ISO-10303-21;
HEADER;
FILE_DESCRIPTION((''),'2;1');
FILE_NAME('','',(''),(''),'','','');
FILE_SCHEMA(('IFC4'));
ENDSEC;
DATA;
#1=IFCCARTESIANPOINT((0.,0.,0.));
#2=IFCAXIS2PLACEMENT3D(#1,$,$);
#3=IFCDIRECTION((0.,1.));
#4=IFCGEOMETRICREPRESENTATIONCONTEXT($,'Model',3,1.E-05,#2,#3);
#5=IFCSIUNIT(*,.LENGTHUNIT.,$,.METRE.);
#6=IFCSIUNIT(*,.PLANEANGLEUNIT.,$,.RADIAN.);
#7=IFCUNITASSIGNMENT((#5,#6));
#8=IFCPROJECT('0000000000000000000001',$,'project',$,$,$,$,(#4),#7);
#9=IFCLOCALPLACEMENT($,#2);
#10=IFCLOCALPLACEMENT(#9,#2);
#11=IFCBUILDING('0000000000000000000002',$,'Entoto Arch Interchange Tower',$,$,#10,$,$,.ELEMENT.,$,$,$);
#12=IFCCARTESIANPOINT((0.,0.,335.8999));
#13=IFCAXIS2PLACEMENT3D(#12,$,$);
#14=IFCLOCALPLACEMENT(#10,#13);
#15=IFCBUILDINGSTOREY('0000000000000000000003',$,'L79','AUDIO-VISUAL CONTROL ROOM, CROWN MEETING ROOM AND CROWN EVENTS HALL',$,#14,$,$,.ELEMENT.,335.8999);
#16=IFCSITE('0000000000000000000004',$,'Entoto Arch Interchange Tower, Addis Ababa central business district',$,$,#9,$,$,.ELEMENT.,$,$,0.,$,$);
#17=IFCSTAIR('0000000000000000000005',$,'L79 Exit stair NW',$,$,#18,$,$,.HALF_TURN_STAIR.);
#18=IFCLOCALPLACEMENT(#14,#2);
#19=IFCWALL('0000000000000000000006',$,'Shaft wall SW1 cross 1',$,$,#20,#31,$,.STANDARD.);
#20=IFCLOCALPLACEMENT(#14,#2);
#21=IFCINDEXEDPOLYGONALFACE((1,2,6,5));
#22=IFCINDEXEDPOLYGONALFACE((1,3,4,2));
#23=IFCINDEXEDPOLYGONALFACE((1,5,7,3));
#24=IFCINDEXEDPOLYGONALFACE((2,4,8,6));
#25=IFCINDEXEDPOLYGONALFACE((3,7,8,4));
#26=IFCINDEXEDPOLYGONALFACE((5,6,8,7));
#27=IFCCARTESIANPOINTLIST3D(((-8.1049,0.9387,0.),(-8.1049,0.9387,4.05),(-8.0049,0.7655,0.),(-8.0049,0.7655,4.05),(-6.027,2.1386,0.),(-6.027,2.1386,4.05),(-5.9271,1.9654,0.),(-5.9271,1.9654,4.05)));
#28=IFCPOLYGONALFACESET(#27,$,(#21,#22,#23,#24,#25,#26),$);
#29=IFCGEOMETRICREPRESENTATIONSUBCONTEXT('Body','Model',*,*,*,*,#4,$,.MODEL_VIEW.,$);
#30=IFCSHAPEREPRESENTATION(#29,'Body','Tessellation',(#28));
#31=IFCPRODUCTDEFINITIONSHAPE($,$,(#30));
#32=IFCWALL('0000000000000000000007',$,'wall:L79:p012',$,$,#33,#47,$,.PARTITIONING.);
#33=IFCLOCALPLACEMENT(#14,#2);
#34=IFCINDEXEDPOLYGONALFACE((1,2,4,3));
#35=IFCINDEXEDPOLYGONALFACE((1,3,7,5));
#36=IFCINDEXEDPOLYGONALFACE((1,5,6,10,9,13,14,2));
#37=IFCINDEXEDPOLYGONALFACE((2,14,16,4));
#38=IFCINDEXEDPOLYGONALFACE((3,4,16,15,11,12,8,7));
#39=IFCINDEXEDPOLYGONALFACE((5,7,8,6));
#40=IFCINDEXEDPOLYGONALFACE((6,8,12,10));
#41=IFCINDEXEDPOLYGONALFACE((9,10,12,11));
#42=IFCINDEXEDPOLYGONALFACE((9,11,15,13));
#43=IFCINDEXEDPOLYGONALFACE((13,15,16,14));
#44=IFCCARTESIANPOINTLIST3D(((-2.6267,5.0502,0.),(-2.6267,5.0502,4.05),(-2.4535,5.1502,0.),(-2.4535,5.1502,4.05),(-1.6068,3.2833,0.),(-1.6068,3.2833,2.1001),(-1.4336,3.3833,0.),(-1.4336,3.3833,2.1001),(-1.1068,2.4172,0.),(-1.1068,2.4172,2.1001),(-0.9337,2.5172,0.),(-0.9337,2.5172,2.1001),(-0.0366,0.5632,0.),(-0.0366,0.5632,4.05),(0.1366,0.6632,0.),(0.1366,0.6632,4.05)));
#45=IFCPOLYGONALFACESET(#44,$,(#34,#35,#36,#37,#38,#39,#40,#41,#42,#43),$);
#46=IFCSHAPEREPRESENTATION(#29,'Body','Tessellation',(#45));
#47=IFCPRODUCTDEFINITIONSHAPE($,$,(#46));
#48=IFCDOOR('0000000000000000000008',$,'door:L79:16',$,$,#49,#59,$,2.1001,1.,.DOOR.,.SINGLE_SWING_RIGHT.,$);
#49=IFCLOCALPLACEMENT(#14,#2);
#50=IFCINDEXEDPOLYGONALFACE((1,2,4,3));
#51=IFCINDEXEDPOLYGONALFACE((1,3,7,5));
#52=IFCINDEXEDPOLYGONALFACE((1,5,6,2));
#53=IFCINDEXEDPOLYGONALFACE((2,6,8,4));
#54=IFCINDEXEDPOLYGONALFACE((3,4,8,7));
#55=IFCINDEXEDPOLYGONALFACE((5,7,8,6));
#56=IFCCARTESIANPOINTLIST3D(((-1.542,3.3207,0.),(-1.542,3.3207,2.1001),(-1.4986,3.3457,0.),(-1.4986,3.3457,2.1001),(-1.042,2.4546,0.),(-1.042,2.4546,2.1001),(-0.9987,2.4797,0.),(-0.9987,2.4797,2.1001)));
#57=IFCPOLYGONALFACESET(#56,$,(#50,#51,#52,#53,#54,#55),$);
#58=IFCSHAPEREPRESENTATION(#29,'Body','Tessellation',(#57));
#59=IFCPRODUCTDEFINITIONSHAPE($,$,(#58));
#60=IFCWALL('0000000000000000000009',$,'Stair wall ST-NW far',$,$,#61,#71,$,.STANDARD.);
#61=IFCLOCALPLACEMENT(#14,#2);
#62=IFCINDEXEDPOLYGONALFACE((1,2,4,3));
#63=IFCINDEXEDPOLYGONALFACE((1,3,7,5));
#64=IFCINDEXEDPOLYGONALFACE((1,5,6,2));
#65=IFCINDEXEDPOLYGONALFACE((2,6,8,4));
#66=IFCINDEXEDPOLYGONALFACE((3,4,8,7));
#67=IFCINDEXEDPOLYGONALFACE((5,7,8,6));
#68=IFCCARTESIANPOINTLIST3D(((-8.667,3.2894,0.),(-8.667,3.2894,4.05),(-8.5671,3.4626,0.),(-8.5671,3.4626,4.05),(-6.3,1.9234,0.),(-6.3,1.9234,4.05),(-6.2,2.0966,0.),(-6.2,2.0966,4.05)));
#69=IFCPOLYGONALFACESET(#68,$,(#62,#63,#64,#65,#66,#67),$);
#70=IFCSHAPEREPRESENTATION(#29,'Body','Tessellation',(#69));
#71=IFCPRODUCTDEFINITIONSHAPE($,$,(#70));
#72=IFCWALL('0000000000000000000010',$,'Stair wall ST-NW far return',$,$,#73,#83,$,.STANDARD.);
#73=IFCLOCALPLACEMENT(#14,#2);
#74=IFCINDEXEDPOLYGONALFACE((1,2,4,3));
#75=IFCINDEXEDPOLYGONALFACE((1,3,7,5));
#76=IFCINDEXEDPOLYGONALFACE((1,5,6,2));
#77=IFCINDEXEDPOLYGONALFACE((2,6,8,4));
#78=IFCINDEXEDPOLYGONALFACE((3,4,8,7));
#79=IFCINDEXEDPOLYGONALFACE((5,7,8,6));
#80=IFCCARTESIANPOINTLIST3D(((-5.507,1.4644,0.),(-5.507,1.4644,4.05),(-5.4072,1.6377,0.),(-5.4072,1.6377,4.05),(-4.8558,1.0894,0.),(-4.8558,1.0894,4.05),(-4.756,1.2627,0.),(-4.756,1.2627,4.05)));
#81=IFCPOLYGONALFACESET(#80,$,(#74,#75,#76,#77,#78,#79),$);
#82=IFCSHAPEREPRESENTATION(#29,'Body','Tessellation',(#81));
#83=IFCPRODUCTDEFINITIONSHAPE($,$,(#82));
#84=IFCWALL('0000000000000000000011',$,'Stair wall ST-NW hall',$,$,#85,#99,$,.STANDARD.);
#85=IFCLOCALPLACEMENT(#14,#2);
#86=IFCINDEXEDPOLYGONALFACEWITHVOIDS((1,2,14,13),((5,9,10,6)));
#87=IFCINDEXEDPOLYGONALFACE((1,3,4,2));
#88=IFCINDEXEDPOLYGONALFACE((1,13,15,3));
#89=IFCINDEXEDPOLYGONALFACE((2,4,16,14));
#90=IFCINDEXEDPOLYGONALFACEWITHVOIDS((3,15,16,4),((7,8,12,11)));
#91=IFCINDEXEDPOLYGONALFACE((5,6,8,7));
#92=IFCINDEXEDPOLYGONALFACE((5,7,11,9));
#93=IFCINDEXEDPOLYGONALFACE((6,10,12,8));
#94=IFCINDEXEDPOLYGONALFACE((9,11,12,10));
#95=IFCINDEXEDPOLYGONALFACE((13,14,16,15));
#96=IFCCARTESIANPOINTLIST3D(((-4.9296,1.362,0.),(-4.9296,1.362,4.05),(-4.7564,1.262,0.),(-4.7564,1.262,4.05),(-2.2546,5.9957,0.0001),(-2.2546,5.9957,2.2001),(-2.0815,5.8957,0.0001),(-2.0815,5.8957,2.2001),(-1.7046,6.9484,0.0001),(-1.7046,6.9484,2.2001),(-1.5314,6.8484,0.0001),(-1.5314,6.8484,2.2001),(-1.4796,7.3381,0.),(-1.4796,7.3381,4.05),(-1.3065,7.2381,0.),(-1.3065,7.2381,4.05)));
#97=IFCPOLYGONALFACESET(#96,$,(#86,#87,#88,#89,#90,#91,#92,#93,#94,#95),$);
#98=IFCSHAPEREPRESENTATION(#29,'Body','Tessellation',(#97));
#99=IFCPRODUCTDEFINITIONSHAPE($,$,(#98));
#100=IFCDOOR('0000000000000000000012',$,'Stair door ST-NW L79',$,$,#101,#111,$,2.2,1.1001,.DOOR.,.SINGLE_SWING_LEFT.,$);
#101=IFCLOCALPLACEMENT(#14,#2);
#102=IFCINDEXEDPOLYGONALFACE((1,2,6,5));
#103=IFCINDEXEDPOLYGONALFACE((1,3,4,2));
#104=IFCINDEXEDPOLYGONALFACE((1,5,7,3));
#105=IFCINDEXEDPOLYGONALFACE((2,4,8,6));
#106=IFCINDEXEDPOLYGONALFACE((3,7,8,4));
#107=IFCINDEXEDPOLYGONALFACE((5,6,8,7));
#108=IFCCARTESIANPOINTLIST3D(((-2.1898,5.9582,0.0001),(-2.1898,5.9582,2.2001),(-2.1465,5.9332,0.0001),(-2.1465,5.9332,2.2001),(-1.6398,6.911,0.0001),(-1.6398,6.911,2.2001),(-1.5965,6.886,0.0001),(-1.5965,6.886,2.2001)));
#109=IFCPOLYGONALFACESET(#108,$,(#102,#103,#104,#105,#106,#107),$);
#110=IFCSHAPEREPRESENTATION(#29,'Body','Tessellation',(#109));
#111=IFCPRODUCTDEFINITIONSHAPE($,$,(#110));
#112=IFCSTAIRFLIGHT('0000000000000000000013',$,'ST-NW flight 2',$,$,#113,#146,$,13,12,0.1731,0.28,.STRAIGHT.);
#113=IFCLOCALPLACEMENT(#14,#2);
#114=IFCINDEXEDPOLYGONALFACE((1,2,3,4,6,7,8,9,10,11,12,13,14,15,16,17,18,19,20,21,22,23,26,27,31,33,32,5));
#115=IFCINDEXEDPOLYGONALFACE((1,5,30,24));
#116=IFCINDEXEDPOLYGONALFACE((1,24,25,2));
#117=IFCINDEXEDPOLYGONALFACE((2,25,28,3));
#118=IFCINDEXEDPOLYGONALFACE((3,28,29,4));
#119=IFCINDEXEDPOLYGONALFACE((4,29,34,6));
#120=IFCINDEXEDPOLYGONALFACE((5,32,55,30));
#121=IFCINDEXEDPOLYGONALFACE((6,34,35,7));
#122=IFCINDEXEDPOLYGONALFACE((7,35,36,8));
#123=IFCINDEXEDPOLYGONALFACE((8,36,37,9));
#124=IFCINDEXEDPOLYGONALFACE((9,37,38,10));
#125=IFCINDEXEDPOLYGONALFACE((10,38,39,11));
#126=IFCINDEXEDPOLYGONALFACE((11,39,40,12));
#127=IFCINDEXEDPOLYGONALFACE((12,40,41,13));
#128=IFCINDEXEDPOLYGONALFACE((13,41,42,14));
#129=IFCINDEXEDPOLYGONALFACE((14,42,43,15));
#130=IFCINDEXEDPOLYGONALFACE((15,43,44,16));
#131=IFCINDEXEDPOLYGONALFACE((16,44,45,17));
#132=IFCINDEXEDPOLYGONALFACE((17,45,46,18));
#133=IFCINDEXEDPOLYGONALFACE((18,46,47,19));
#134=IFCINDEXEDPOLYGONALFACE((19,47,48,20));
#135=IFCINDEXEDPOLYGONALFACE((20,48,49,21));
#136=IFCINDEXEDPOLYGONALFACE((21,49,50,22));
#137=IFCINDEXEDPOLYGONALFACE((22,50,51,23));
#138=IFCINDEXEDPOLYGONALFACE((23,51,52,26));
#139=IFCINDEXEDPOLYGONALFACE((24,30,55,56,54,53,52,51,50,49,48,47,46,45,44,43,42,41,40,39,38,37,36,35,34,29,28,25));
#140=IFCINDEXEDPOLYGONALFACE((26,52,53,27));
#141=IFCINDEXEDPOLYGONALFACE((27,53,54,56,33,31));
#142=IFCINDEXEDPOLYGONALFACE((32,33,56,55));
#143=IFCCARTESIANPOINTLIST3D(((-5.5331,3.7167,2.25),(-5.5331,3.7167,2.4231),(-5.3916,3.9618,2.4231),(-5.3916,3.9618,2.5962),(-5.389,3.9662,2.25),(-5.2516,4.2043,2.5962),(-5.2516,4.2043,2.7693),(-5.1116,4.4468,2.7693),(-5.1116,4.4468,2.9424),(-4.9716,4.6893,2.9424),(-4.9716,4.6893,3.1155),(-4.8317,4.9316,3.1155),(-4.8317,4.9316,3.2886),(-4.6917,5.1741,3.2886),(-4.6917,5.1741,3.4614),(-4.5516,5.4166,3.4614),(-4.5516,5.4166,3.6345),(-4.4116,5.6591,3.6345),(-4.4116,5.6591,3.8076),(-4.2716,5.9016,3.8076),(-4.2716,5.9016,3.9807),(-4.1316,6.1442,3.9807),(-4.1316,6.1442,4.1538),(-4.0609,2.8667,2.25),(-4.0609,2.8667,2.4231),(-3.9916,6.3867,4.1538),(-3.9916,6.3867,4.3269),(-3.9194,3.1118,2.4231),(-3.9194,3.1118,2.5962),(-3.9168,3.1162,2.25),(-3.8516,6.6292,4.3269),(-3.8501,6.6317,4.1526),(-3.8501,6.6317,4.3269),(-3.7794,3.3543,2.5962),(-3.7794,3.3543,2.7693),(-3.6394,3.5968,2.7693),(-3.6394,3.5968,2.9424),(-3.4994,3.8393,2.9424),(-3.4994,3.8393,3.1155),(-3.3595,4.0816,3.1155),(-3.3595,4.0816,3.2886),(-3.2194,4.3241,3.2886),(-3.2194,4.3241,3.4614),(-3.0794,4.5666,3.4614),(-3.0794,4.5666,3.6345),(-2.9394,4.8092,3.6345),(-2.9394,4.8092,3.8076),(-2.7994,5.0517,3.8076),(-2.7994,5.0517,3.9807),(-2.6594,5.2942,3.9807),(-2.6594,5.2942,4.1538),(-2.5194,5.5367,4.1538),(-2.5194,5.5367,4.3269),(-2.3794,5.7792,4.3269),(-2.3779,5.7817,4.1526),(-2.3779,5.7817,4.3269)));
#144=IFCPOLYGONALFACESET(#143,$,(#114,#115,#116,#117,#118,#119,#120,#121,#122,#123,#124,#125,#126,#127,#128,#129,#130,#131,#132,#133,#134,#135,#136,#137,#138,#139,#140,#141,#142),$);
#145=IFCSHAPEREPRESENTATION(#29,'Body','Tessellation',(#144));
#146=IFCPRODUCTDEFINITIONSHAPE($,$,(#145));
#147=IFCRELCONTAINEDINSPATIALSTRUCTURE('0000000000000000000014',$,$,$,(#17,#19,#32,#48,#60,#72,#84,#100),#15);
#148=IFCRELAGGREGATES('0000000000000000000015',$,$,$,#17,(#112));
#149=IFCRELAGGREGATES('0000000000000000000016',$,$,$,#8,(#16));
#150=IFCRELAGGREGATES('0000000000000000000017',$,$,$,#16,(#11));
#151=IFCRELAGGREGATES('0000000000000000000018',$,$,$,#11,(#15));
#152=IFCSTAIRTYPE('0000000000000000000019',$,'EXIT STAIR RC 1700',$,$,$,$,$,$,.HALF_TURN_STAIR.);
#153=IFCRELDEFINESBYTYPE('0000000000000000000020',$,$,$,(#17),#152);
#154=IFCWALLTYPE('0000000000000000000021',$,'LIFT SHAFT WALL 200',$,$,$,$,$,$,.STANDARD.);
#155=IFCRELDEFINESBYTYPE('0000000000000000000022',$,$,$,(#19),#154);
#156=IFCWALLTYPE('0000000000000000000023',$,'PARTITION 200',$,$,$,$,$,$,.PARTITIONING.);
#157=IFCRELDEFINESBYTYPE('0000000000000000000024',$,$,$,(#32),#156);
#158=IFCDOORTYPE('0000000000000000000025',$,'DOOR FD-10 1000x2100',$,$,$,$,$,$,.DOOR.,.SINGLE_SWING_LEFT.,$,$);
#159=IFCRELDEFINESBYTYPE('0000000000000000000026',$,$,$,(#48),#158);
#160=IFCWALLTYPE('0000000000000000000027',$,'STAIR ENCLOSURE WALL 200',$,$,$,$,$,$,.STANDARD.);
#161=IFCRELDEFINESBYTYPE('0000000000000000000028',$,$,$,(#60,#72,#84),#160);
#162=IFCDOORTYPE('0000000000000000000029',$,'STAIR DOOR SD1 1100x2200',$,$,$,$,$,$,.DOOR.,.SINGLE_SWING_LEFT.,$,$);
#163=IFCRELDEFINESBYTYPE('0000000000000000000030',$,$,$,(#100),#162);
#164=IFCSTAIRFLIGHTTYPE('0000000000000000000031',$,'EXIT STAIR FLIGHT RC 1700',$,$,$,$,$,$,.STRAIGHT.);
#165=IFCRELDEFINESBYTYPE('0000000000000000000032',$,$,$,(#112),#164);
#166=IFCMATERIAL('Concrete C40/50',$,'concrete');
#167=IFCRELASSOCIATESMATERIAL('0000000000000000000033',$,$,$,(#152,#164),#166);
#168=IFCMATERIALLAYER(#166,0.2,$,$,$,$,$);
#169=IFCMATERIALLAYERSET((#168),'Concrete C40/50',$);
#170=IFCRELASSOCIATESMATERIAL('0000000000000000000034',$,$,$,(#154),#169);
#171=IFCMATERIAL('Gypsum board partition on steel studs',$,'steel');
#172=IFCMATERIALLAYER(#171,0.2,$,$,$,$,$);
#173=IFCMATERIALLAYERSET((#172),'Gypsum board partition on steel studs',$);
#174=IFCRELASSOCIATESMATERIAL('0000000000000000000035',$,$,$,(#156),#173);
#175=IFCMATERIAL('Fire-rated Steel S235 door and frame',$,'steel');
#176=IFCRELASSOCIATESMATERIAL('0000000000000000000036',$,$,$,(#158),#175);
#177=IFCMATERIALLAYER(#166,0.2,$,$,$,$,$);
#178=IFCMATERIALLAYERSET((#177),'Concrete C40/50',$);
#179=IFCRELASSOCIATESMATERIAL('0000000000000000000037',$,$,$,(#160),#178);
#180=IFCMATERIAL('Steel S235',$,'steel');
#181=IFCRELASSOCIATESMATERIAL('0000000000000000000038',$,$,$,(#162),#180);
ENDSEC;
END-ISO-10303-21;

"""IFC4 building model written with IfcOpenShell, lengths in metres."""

from ifc_helpers import new_model, si_unit, direction, frame, frame_2d, origin, place, context, subcontext, project, spatial, polyline, rectangle, outline, extrude, material, layer, layer_set, type_object, element, fill, aggregate, save


model = new_model("IFC4")

# Units and contexts
model_context = context("Model", 3, precision=1e-05, world=origin(), true_north=direction((0.0, 1.0)))
body_context = subcontext(model_context, "Body", "Model", "MODEL_VIEW")
ifc_project = project(units=[si_unit("LENGTHUNIT", "METRE"), si_unit("PLANEANGLEUNIT", "RADIAN")], contexts=[model_context])

# Site, building, storey
site_placement = place(None, origin())
site = spatial("IfcSite", under=ifc_project, at=site_placement, Name="Entoto Arch Interchange Tower, Addis Ababa central business district", CompositionType="ELEMENT", RefElevation=0.0)
building_placement = place(site_placement, origin())
building = spatial("IfcBuilding", under=site, at=building_placement, Name="Entoto Arch Interchange Tower", CompositionType="ELEMENT")
storey_placement = place(building_placement, frame((0.0, 0.0, 335.8999)))
storey = spatial("IfcBuildingStorey", under=building, at=storey_placement, Name="L79", Description="AUDIO-VISUAL CONTROL ROOM, CROWN MEETING ROOM AND CROWN EVENTS HALL", CompositionType="ELEMENT", Elevation=335.8999)

# Shared definitions
ifc_material_1 = material(Name="Concrete C40/50", Category="concrete")

# Stair
stair_type = type_object("IfcStairType", Name="EXIT STAIR RC 1700", PredefinedType="HALF_TURN_STAIR", material=ifc_material_1)
stair_1_placement = place(storey_placement, origin())
stair_1 = element("IfcStair", 1, at=stair_1_placement, inside=storey, type_object=stair_type, Name="L79 Exit stair NW", PredefinedType="HALF_TURN_STAIR")

# Shared definitions
ifc_layer_1 = layer(ifc_material_1, 0.2)
ifc_layer_set_1 = layer_set([ifc_layer_1], Name="Concrete C40/50")
wall_type_1 = type_object("IfcWallType", Name="LIFT SHAFT WALL 200", PredefinedType="STANDARD", material=ifc_layer_set_1)

# Wall
wall_1_placement = place(storey_placement, frame((-5.9771, 2.052, 0.0), z_axis=(0.0, 0.0, 1.0), x_axis=(-0.865974, -0.500089, 0.0)))
element("IfcWall", 2, at=wall_1_placement, inside=storey, type_object=wall_type_1, Name="Shaft wall SW1 cross 1", PredefinedType="STANDARD", context=body_context, shape_type="SweptSolid", body=[
    extrude(rectangle(XDim=2.3994, YDim=0.2, at=frame_2d((1.1997, 0.0))), origin(), (0.0, 0.0, 1.0), 4.05),
])

# Wall, opening, door
ifc_material_2 = material(Name="Gypsum board partition on steel studs", Category="steel")
ifc_layer_2 = layer(ifc_material_2, 0.2)
ifc_layer_set_2 = layer_set([ifc_layer_2], Name="Gypsum board partition on steel studs")
wall_type_2 = type_object("IfcWallType", Name="PARTITION 200", PredefinedType="PARTITIONING", material=ifc_layer_set_2)
wall_2_placement = place(storey_placement, frame((-2.54, 5.1001, 0.0), z_axis=(0.0, 0.0, 1.0), x_axis=(0.499925, -0.866069, 0.0)))
wall_2 = element("IfcWall", 3, at=wall_2_placement, inside=storey, type_object=wall_type_2, Name="wall:L79:p012", PredefinedType="PARTITIONING", context=body_context, shape_type="SweptSolid", body=[
    extrude(rectangle(XDim=5.1809, YDim=0.2, at=frame_2d((2.5903, 0.0))), origin(), (0.0, 0.0, 1.0), 4.05),
])
opening_1_placement = place(wall_2_placement, frame((2.04, 0.0, 0.0)))
opening_1 = element("IfcOpeningElement", 4, at=opening_1_placement, cuts=wall_2, PredefinedType="OPENING", context=body_context, shape_type="SweptSolid", body=[
    extrude(rectangle(XDim=1.0, YDim=2.1001, at=frame_2d((0.5, 1.05))), frame((0.0, 0.1099, 0.0), z_axis=(0.0, -1.0, 0.0), x_axis=(1.0, 0.0, 0.0)), (0.0, 0.0, 1.0), 0.22),
])
ifc_material_3 = material(Name="Fire-rated Steel S235 door and frame", Category="steel")
door_type_1 = type_object("IfcDoorType", Name="DOOR FD-10 1000x2100", OperationType="SINGLE_SWING_LEFT", PredefinedType="DOOR", material=ifc_material_3)
door_1_placement = place(opening_1_placement, origin())
door_1 = element("IfcDoor", 5, at=door_1_placement, inside=storey, type_object=door_type_1, Name="door:L79:16", OperationType="SINGLE_SWING_RIGHT", OverallHeight=2.1001, OverallWidth=1.0, PredefinedType="DOOR", context=body_context, shape_type="SweptSolid", body=[
    extrude(rectangle(XDim=1.0, YDim=2.1001, at=frame_2d((0.5, 1.05))), frame((0.0, 0.0249, 0.0), z_axis=(0.0, -1.0, 0.0), x_axis=(1.0, 0.0, 0.0)), (0.0, 0.0, 1.0), 0.05),
])
fill(opening_1, door_1)

# Walls
ifc_layer_3 = layer(ifc_material_1, 0.2)
ifc_layer_set_3 = layer_set([ifc_layer_3], Name="Concrete C40/50")
wall_type_3 = type_object("IfcWallType", Name="STAIR ENCLOSURE WALL 200", PredefinedType="STANDARD", material=ifc_layer_set_3)
wall_3_placement = place(storey_placement, frame((-6.25, 2.01, 0.0), z_axis=(0.0, 0.0, 1.0), x_axis=(-0.866119, 0.499838, 0.0)))
element("IfcWall", 6, at=wall_3_placement, inside=storey, type_object=wall_type_3, Name="Stair wall ST-NW far", PredefinedType="STANDARD", context=body_context, shape_type="SweptSolid", body=[
    extrude(rectangle(XDim=2.7329, YDim=0.2, at=frame_2d((1.3665, 0.0))), origin(), (0.0, 0.0, 1.0), 4.05),
])
wall_4_placement = place(storey_placement, frame((-4.8059, 1.176, 0.0), z_axis=(0.0, 0.0, 1.0), x_axis=(-0.866559, 0.499075, 0.0)))
element("IfcWall", 7, at=wall_4_placement, inside=storey, type_object=wall_type_3, Name="Stair wall ST-NW far return", PredefinedType="STANDARD", context=body_context, shape_type="SweptSolid", body=[
    extrude(rectangle(XDim=0.7515, YDim=0.2, at=frame_2d((0.3757, 0.0))), origin(), (0.0, 0.0, 1.0), 4.05),
])

# Wall, opening, door
wall_5_placement = place(storey_placement, frame((-1.3931, 7.2881, 0.0), z_axis=(0.0, 0.0, 1.0), x_axis=(-0.499963, -0.866047, 0.0)))
wall_5 = element("IfcWall", 8, at=wall_5_placement, inside=storey, type_object=wall_type_3, Name="Stair wall ST-NW hall", PredefinedType="STANDARD", context=body_context, shape_type="SweptSolid", body=[
    extrude(rectangle(XDim=6.9004, YDim=0.2, at=frame_2d((3.4502, 0.0))), origin(), (0.0, 0.0, 1.0), 4.05),
])
opening_2_placement = place(wall_5_placement, frame((0.45, 0.0, 0.0)))
opening_2 = element("IfcOpeningElement", 9, at=opening_2_placement, cuts=wall_5, PredefinedType="OPENING", context=body_context, shape_type="SweptSolid", body=[
    extrude(rectangle(XDim=1.1001, YDim=2.2, at=frame_2d((0.55, 1.1001))), frame((0.0, 0.1099, 0.0), z_axis=(0.0, -1.0, 0.0), x_axis=(1.0, 0.0, 0.0)), (0.0, 0.0, 1.0), 0.22),
])
ifc_material_4 = material(Name="Steel S235", Category="steel")
door_type_2 = type_object("IfcDoorType", Name="STAIR DOOR SD1 1100x2200", OperationType="SINGLE_SWING_LEFT", PredefinedType="DOOR", material=ifc_material_4)
door_2_placement = place(opening_2_placement, origin())
door_2 = element("IfcDoor", 10, at=door_2_placement, inside=storey, type_object=door_type_2, Name="Stair door ST-NW L79", OperationType="SINGLE_SWING_LEFT", OverallHeight=2.2, OverallWidth=1.1001, PredefinedType="DOOR", context=body_context, shape_type="SweptSolid", body=[
    extrude(rectangle(XDim=1.1001, YDim=2.2, at=frame_2d((0.55, 1.1001))), frame((0.0, 0.0249, 0.0), z_axis=(0.0, -1.0, 0.0), x_axis=(1.0, 0.0, 0.0)), (0.0, 0.0, 1.0), 0.05),
])
fill(opening_2, door_2)

# Stair flight
stair_flight_type = type_object("IfcStairFlightType", Name="EXIT STAIR FLIGHT RC 1700", PredefinedType="STRAIGHT", material=ifc_material_1)
stair_flight_placement = place(storey_placement, frame((-4.7954, 3.2942, 2.25), z_axis=(0.0, 0.0, 1.0), x_axis=(0.5, 0.866025, 0.0)))
stair_flight = element("IfcStairFlight", 11, at=stair_flight_placement, type_object=stair_flight_type, Name="ST-NW flight 2", NumberOfRisers=13, NumberOfTreads=12, PredefinedType="STRAIGHT", RiserHeight=0.1731, TreadLength=0.28, context=body_context, shape_type="SweptSolid", body=[
    extrude(outline(polyline([(-0.0029, 0.0), (-0.0029, 0.1731), (0.28, 0.1731), (0.28, 0.3462), (0.5601, 0.3462), (0.5601, 0.5193), (0.8401, 0.5193), (0.8401, 0.6924), (1.1201, 0.6924), (1.1201, 0.8655), (1.3999, 0.8655), (1.3999, 1.0386), (1.6799, 1.0386), (1.6799, 1.2114), (1.96, 1.2114), (1.96, 1.3845), (2.24, 1.3845), (2.24, 1.5576), (2.52, 1.5576), (2.52, 1.7307), (2.8, 1.7307), (2.8, 1.9038), (3.0801, 1.9038), (3.0801, 2.0769), (3.3601, 2.0769), (3.363, 2.0769), (3.363, 1.9026), (0.2852, 0.0), (-0.0029, 0.0)])), frame((0.0, 0.8501, 0.0), z_axis=(0.0, -1.0, 0.0), x_axis=(1.0, 0.0, 0.0)), (0.0, 0.0, 1.0), 1.7),
])
aggregate(stair_1, [stair_flight])

save(model, "model.ifc")
